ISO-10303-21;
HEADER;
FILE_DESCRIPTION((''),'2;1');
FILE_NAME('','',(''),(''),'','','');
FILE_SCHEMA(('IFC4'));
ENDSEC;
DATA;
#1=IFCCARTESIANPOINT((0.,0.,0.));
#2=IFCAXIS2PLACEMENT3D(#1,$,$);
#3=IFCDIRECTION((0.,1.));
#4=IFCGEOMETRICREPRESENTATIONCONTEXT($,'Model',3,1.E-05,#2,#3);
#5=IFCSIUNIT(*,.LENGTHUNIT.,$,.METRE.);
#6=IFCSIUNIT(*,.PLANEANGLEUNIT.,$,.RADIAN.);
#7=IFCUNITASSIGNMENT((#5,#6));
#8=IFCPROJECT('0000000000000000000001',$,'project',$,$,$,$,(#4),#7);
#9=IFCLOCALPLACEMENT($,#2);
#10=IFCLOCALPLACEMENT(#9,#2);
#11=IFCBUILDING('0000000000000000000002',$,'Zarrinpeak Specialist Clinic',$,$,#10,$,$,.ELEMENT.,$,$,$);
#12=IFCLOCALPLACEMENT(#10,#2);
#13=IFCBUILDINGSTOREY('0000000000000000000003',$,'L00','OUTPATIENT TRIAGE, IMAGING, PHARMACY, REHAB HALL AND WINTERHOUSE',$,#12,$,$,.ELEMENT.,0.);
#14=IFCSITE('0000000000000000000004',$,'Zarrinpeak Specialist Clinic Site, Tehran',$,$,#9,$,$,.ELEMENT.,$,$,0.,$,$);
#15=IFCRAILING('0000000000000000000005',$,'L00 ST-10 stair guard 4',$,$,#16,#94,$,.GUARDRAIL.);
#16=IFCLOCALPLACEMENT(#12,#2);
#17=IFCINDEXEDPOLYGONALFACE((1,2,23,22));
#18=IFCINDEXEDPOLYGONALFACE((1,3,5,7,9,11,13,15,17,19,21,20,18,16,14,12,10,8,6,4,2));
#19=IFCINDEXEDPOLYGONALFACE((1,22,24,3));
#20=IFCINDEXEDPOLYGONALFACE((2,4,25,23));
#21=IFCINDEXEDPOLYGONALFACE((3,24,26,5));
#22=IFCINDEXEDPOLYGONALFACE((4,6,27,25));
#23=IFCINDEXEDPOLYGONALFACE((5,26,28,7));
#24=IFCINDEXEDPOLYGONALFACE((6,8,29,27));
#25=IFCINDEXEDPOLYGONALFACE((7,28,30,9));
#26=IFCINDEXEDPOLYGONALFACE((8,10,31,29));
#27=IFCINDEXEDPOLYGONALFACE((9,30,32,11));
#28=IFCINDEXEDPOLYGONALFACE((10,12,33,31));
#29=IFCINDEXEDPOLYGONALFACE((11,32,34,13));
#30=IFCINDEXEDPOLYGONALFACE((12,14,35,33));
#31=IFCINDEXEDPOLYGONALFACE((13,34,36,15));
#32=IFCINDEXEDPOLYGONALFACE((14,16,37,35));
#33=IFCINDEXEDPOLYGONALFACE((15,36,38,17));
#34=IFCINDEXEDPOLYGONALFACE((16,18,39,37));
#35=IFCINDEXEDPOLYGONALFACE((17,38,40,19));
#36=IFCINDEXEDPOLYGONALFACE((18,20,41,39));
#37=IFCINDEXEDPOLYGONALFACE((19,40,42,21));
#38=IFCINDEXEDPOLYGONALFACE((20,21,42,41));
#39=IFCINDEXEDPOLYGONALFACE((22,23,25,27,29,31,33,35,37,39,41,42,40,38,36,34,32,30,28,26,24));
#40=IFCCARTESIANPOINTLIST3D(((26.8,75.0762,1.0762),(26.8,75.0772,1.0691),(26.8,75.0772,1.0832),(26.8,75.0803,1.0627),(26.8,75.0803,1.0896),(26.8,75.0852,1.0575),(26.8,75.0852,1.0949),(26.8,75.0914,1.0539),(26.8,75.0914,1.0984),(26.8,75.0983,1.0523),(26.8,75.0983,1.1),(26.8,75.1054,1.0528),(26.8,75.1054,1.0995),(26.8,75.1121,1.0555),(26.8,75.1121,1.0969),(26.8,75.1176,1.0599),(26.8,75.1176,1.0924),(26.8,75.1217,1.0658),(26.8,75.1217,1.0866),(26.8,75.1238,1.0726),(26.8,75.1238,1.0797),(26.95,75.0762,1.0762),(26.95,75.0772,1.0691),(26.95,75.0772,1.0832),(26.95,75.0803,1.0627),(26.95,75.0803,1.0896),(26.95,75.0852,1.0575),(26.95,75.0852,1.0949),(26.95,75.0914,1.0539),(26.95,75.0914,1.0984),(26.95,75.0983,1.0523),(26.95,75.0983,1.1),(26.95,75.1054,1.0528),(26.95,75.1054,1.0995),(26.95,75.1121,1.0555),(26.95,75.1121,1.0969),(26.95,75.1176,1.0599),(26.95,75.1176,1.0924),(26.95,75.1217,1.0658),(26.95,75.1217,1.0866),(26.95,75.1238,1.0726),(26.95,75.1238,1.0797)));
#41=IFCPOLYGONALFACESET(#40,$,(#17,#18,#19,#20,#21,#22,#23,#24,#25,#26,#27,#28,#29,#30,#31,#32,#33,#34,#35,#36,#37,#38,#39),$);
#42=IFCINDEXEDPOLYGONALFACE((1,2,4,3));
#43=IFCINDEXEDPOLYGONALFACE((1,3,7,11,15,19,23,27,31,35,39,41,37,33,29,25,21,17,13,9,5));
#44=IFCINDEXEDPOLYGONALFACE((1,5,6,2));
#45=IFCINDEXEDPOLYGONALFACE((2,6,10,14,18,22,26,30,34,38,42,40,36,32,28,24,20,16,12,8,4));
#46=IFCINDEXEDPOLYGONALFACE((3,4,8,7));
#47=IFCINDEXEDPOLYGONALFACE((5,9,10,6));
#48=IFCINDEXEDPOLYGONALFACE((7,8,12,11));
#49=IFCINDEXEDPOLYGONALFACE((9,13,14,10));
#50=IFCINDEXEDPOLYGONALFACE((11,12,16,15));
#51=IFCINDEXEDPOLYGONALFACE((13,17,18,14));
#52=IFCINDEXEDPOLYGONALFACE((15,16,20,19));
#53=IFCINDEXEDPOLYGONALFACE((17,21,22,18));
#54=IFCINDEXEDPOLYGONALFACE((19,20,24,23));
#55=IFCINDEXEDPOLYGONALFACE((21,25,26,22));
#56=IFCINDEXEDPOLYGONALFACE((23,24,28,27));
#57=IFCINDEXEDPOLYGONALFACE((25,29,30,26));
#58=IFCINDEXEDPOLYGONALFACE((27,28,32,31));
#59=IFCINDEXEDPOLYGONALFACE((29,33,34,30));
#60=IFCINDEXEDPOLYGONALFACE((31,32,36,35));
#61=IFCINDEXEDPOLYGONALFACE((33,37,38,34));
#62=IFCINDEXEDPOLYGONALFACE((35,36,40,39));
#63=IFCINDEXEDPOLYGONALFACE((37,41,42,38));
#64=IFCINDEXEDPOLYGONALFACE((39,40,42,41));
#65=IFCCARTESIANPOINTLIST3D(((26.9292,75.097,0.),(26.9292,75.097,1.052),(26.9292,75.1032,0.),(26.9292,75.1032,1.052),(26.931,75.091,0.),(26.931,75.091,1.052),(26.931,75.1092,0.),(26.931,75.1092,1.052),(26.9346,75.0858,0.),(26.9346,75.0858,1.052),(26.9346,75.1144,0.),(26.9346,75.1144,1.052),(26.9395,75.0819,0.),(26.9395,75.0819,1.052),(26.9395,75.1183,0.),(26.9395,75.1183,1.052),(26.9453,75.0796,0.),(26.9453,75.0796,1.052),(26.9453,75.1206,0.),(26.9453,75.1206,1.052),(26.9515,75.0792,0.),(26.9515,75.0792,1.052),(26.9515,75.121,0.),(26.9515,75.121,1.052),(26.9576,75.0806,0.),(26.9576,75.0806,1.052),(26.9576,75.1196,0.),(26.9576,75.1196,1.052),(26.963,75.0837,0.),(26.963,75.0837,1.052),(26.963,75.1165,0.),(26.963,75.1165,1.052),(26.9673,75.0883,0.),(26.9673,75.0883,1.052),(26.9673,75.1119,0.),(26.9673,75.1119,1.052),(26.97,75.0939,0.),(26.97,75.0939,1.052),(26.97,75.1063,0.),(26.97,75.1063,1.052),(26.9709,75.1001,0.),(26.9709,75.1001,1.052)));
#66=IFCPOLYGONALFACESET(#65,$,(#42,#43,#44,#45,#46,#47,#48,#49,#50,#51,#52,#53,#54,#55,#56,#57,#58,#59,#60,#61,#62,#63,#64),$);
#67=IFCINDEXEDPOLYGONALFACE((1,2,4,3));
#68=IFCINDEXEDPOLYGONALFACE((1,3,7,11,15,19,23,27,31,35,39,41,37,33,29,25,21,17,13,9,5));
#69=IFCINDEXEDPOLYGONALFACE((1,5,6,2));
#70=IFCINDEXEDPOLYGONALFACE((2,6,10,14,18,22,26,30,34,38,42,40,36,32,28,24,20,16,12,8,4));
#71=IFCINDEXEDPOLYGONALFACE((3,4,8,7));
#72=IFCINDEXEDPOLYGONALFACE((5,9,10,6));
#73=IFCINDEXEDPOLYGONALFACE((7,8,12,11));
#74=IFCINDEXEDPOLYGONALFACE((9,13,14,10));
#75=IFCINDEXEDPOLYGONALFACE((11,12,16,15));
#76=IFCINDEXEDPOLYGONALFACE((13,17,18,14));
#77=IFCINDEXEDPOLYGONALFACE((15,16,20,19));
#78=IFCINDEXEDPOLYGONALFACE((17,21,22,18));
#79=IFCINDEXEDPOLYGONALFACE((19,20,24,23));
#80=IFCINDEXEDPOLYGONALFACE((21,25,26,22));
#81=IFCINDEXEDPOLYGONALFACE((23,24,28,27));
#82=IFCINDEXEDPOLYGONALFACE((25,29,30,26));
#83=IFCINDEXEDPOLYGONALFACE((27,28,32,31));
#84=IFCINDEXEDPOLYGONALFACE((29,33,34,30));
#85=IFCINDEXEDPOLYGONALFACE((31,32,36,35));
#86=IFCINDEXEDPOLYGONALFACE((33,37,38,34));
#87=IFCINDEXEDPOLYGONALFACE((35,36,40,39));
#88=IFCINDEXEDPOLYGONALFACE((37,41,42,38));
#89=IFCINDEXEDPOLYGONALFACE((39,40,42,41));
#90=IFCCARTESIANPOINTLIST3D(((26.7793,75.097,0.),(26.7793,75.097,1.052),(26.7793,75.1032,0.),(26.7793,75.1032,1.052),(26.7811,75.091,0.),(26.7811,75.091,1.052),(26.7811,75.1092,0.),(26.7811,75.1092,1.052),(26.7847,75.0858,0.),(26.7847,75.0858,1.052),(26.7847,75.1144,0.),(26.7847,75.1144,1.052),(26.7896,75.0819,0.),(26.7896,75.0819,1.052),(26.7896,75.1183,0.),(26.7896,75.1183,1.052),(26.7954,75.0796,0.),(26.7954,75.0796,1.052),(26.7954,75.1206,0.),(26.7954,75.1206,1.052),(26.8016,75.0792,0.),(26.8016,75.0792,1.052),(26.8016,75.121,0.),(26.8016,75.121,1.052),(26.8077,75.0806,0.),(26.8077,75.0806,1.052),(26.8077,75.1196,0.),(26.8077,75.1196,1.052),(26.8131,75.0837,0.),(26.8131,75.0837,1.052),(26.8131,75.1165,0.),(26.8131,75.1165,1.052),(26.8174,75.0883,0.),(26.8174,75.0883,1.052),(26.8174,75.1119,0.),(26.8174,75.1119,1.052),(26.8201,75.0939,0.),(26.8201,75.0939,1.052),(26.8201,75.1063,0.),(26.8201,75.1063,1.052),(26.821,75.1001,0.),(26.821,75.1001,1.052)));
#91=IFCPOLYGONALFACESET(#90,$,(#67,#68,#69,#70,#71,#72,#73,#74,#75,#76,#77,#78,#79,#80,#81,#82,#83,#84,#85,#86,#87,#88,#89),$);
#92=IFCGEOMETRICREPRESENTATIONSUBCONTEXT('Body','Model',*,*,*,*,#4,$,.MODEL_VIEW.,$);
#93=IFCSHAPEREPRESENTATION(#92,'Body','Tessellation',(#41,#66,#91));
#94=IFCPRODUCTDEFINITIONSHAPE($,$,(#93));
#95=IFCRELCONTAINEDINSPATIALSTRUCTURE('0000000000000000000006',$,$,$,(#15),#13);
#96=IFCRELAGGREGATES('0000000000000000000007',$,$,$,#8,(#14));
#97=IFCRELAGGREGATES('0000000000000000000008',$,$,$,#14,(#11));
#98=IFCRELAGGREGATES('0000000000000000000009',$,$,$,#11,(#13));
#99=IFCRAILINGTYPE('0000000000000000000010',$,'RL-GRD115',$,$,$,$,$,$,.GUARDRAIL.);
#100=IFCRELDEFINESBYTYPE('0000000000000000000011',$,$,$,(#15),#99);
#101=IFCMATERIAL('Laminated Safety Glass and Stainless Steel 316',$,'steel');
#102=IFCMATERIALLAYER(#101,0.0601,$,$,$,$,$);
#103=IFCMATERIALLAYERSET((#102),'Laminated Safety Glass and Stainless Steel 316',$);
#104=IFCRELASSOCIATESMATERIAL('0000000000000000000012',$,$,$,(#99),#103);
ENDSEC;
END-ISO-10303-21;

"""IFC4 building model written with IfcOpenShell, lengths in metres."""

from ifc_helpers import new_model, si_unit, direction, frame, origin, origin_2d, place, context, subcontext, project, spatial, circle, extrude, material, layer, layer_set, type_object, element, save


model = new_model("IFC4")

# Units and contexts
model_context = context("Model", 3, precision=1e-05, world=origin(), true_north=direction((0.0, 1.0)))
body_context = subcontext(model_context, "Body", "Model", "MODEL_VIEW")
ifc_project = project(units=[si_unit("LENGTHUNIT", "METRE"), si_unit("PLANEANGLEUNIT", "RADIAN")], contexts=[model_context])

# Site, building, storey
site_placement = place(None, origin())
site = spatial("IfcSite", under=ifc_project, at=site_placement, Name="Zarrinpeak Specialist Clinic Site, Tehran", CompositionType="ELEMENT", RefElevation=0.0)
building_placement = place(site_placement, origin())
building = spatial("IfcBuilding", under=site, at=building_placement, Name="Zarrinpeak Specialist Clinic", CompositionType="ELEMENT")
storey_placement = place(building_placement, origin())
storey = spatial("IfcBuildingStorey", under=building, at=storey_placement, Name="L00", Description="OUTPATIENT TRIAGE, IMAGING, PHARMACY, REHAB HALL AND WINTERHOUSE", CompositionType="ELEMENT", Elevation=0.0)

# Railing
ifc_material_1 = material(Name="Laminated Safety Glass and Stainless Steel 316", Category="steel")
ifc_layer_1 = layer(ifc_material_1, 0.0601)
ifc_layer_set_1 = layer_set([ifc_layer_1], Name="Laminated Safety Glass and Stainless Steel 316")
railing_type_1 = type_object("IfcRailingType", Name="RL-GRD115", PredefinedType="GUARDRAIL", material=ifc_layer_set_1)
railing_1_placement = place(storey_placement, frame((26.95, 75.1001, 0.0)))
element("IfcRailing", 1, at=railing_1_placement, inside=storey, type_object=railing_type_1, Name="L00 ST-10 stair guard 4", PredefinedType="GUARDRAIL", context=body_context, shape_type="SweptSolid", body=[
    extrude(circle(Radius=0.0239, at=origin_2d()), frame((0.0, 0.0, 1.0762), z_axis=(-1.0, 0.0, 0.0), x_axis=(0.0, -1.0, 0.0)), (0.0, 0.0, 1.0), 0.1499),
    extrude(circle(Radius=0.021, at=origin_2d()), origin(), (0.0, 0.0, 1.0), 1.052),
    extrude(circle(Radius=0.021, at=origin_2d()), frame((-0.1499, 0.0, 0.0)), (0.0, 0.0, 1.0), 1.052),
])

save(model, "model.ifc")
